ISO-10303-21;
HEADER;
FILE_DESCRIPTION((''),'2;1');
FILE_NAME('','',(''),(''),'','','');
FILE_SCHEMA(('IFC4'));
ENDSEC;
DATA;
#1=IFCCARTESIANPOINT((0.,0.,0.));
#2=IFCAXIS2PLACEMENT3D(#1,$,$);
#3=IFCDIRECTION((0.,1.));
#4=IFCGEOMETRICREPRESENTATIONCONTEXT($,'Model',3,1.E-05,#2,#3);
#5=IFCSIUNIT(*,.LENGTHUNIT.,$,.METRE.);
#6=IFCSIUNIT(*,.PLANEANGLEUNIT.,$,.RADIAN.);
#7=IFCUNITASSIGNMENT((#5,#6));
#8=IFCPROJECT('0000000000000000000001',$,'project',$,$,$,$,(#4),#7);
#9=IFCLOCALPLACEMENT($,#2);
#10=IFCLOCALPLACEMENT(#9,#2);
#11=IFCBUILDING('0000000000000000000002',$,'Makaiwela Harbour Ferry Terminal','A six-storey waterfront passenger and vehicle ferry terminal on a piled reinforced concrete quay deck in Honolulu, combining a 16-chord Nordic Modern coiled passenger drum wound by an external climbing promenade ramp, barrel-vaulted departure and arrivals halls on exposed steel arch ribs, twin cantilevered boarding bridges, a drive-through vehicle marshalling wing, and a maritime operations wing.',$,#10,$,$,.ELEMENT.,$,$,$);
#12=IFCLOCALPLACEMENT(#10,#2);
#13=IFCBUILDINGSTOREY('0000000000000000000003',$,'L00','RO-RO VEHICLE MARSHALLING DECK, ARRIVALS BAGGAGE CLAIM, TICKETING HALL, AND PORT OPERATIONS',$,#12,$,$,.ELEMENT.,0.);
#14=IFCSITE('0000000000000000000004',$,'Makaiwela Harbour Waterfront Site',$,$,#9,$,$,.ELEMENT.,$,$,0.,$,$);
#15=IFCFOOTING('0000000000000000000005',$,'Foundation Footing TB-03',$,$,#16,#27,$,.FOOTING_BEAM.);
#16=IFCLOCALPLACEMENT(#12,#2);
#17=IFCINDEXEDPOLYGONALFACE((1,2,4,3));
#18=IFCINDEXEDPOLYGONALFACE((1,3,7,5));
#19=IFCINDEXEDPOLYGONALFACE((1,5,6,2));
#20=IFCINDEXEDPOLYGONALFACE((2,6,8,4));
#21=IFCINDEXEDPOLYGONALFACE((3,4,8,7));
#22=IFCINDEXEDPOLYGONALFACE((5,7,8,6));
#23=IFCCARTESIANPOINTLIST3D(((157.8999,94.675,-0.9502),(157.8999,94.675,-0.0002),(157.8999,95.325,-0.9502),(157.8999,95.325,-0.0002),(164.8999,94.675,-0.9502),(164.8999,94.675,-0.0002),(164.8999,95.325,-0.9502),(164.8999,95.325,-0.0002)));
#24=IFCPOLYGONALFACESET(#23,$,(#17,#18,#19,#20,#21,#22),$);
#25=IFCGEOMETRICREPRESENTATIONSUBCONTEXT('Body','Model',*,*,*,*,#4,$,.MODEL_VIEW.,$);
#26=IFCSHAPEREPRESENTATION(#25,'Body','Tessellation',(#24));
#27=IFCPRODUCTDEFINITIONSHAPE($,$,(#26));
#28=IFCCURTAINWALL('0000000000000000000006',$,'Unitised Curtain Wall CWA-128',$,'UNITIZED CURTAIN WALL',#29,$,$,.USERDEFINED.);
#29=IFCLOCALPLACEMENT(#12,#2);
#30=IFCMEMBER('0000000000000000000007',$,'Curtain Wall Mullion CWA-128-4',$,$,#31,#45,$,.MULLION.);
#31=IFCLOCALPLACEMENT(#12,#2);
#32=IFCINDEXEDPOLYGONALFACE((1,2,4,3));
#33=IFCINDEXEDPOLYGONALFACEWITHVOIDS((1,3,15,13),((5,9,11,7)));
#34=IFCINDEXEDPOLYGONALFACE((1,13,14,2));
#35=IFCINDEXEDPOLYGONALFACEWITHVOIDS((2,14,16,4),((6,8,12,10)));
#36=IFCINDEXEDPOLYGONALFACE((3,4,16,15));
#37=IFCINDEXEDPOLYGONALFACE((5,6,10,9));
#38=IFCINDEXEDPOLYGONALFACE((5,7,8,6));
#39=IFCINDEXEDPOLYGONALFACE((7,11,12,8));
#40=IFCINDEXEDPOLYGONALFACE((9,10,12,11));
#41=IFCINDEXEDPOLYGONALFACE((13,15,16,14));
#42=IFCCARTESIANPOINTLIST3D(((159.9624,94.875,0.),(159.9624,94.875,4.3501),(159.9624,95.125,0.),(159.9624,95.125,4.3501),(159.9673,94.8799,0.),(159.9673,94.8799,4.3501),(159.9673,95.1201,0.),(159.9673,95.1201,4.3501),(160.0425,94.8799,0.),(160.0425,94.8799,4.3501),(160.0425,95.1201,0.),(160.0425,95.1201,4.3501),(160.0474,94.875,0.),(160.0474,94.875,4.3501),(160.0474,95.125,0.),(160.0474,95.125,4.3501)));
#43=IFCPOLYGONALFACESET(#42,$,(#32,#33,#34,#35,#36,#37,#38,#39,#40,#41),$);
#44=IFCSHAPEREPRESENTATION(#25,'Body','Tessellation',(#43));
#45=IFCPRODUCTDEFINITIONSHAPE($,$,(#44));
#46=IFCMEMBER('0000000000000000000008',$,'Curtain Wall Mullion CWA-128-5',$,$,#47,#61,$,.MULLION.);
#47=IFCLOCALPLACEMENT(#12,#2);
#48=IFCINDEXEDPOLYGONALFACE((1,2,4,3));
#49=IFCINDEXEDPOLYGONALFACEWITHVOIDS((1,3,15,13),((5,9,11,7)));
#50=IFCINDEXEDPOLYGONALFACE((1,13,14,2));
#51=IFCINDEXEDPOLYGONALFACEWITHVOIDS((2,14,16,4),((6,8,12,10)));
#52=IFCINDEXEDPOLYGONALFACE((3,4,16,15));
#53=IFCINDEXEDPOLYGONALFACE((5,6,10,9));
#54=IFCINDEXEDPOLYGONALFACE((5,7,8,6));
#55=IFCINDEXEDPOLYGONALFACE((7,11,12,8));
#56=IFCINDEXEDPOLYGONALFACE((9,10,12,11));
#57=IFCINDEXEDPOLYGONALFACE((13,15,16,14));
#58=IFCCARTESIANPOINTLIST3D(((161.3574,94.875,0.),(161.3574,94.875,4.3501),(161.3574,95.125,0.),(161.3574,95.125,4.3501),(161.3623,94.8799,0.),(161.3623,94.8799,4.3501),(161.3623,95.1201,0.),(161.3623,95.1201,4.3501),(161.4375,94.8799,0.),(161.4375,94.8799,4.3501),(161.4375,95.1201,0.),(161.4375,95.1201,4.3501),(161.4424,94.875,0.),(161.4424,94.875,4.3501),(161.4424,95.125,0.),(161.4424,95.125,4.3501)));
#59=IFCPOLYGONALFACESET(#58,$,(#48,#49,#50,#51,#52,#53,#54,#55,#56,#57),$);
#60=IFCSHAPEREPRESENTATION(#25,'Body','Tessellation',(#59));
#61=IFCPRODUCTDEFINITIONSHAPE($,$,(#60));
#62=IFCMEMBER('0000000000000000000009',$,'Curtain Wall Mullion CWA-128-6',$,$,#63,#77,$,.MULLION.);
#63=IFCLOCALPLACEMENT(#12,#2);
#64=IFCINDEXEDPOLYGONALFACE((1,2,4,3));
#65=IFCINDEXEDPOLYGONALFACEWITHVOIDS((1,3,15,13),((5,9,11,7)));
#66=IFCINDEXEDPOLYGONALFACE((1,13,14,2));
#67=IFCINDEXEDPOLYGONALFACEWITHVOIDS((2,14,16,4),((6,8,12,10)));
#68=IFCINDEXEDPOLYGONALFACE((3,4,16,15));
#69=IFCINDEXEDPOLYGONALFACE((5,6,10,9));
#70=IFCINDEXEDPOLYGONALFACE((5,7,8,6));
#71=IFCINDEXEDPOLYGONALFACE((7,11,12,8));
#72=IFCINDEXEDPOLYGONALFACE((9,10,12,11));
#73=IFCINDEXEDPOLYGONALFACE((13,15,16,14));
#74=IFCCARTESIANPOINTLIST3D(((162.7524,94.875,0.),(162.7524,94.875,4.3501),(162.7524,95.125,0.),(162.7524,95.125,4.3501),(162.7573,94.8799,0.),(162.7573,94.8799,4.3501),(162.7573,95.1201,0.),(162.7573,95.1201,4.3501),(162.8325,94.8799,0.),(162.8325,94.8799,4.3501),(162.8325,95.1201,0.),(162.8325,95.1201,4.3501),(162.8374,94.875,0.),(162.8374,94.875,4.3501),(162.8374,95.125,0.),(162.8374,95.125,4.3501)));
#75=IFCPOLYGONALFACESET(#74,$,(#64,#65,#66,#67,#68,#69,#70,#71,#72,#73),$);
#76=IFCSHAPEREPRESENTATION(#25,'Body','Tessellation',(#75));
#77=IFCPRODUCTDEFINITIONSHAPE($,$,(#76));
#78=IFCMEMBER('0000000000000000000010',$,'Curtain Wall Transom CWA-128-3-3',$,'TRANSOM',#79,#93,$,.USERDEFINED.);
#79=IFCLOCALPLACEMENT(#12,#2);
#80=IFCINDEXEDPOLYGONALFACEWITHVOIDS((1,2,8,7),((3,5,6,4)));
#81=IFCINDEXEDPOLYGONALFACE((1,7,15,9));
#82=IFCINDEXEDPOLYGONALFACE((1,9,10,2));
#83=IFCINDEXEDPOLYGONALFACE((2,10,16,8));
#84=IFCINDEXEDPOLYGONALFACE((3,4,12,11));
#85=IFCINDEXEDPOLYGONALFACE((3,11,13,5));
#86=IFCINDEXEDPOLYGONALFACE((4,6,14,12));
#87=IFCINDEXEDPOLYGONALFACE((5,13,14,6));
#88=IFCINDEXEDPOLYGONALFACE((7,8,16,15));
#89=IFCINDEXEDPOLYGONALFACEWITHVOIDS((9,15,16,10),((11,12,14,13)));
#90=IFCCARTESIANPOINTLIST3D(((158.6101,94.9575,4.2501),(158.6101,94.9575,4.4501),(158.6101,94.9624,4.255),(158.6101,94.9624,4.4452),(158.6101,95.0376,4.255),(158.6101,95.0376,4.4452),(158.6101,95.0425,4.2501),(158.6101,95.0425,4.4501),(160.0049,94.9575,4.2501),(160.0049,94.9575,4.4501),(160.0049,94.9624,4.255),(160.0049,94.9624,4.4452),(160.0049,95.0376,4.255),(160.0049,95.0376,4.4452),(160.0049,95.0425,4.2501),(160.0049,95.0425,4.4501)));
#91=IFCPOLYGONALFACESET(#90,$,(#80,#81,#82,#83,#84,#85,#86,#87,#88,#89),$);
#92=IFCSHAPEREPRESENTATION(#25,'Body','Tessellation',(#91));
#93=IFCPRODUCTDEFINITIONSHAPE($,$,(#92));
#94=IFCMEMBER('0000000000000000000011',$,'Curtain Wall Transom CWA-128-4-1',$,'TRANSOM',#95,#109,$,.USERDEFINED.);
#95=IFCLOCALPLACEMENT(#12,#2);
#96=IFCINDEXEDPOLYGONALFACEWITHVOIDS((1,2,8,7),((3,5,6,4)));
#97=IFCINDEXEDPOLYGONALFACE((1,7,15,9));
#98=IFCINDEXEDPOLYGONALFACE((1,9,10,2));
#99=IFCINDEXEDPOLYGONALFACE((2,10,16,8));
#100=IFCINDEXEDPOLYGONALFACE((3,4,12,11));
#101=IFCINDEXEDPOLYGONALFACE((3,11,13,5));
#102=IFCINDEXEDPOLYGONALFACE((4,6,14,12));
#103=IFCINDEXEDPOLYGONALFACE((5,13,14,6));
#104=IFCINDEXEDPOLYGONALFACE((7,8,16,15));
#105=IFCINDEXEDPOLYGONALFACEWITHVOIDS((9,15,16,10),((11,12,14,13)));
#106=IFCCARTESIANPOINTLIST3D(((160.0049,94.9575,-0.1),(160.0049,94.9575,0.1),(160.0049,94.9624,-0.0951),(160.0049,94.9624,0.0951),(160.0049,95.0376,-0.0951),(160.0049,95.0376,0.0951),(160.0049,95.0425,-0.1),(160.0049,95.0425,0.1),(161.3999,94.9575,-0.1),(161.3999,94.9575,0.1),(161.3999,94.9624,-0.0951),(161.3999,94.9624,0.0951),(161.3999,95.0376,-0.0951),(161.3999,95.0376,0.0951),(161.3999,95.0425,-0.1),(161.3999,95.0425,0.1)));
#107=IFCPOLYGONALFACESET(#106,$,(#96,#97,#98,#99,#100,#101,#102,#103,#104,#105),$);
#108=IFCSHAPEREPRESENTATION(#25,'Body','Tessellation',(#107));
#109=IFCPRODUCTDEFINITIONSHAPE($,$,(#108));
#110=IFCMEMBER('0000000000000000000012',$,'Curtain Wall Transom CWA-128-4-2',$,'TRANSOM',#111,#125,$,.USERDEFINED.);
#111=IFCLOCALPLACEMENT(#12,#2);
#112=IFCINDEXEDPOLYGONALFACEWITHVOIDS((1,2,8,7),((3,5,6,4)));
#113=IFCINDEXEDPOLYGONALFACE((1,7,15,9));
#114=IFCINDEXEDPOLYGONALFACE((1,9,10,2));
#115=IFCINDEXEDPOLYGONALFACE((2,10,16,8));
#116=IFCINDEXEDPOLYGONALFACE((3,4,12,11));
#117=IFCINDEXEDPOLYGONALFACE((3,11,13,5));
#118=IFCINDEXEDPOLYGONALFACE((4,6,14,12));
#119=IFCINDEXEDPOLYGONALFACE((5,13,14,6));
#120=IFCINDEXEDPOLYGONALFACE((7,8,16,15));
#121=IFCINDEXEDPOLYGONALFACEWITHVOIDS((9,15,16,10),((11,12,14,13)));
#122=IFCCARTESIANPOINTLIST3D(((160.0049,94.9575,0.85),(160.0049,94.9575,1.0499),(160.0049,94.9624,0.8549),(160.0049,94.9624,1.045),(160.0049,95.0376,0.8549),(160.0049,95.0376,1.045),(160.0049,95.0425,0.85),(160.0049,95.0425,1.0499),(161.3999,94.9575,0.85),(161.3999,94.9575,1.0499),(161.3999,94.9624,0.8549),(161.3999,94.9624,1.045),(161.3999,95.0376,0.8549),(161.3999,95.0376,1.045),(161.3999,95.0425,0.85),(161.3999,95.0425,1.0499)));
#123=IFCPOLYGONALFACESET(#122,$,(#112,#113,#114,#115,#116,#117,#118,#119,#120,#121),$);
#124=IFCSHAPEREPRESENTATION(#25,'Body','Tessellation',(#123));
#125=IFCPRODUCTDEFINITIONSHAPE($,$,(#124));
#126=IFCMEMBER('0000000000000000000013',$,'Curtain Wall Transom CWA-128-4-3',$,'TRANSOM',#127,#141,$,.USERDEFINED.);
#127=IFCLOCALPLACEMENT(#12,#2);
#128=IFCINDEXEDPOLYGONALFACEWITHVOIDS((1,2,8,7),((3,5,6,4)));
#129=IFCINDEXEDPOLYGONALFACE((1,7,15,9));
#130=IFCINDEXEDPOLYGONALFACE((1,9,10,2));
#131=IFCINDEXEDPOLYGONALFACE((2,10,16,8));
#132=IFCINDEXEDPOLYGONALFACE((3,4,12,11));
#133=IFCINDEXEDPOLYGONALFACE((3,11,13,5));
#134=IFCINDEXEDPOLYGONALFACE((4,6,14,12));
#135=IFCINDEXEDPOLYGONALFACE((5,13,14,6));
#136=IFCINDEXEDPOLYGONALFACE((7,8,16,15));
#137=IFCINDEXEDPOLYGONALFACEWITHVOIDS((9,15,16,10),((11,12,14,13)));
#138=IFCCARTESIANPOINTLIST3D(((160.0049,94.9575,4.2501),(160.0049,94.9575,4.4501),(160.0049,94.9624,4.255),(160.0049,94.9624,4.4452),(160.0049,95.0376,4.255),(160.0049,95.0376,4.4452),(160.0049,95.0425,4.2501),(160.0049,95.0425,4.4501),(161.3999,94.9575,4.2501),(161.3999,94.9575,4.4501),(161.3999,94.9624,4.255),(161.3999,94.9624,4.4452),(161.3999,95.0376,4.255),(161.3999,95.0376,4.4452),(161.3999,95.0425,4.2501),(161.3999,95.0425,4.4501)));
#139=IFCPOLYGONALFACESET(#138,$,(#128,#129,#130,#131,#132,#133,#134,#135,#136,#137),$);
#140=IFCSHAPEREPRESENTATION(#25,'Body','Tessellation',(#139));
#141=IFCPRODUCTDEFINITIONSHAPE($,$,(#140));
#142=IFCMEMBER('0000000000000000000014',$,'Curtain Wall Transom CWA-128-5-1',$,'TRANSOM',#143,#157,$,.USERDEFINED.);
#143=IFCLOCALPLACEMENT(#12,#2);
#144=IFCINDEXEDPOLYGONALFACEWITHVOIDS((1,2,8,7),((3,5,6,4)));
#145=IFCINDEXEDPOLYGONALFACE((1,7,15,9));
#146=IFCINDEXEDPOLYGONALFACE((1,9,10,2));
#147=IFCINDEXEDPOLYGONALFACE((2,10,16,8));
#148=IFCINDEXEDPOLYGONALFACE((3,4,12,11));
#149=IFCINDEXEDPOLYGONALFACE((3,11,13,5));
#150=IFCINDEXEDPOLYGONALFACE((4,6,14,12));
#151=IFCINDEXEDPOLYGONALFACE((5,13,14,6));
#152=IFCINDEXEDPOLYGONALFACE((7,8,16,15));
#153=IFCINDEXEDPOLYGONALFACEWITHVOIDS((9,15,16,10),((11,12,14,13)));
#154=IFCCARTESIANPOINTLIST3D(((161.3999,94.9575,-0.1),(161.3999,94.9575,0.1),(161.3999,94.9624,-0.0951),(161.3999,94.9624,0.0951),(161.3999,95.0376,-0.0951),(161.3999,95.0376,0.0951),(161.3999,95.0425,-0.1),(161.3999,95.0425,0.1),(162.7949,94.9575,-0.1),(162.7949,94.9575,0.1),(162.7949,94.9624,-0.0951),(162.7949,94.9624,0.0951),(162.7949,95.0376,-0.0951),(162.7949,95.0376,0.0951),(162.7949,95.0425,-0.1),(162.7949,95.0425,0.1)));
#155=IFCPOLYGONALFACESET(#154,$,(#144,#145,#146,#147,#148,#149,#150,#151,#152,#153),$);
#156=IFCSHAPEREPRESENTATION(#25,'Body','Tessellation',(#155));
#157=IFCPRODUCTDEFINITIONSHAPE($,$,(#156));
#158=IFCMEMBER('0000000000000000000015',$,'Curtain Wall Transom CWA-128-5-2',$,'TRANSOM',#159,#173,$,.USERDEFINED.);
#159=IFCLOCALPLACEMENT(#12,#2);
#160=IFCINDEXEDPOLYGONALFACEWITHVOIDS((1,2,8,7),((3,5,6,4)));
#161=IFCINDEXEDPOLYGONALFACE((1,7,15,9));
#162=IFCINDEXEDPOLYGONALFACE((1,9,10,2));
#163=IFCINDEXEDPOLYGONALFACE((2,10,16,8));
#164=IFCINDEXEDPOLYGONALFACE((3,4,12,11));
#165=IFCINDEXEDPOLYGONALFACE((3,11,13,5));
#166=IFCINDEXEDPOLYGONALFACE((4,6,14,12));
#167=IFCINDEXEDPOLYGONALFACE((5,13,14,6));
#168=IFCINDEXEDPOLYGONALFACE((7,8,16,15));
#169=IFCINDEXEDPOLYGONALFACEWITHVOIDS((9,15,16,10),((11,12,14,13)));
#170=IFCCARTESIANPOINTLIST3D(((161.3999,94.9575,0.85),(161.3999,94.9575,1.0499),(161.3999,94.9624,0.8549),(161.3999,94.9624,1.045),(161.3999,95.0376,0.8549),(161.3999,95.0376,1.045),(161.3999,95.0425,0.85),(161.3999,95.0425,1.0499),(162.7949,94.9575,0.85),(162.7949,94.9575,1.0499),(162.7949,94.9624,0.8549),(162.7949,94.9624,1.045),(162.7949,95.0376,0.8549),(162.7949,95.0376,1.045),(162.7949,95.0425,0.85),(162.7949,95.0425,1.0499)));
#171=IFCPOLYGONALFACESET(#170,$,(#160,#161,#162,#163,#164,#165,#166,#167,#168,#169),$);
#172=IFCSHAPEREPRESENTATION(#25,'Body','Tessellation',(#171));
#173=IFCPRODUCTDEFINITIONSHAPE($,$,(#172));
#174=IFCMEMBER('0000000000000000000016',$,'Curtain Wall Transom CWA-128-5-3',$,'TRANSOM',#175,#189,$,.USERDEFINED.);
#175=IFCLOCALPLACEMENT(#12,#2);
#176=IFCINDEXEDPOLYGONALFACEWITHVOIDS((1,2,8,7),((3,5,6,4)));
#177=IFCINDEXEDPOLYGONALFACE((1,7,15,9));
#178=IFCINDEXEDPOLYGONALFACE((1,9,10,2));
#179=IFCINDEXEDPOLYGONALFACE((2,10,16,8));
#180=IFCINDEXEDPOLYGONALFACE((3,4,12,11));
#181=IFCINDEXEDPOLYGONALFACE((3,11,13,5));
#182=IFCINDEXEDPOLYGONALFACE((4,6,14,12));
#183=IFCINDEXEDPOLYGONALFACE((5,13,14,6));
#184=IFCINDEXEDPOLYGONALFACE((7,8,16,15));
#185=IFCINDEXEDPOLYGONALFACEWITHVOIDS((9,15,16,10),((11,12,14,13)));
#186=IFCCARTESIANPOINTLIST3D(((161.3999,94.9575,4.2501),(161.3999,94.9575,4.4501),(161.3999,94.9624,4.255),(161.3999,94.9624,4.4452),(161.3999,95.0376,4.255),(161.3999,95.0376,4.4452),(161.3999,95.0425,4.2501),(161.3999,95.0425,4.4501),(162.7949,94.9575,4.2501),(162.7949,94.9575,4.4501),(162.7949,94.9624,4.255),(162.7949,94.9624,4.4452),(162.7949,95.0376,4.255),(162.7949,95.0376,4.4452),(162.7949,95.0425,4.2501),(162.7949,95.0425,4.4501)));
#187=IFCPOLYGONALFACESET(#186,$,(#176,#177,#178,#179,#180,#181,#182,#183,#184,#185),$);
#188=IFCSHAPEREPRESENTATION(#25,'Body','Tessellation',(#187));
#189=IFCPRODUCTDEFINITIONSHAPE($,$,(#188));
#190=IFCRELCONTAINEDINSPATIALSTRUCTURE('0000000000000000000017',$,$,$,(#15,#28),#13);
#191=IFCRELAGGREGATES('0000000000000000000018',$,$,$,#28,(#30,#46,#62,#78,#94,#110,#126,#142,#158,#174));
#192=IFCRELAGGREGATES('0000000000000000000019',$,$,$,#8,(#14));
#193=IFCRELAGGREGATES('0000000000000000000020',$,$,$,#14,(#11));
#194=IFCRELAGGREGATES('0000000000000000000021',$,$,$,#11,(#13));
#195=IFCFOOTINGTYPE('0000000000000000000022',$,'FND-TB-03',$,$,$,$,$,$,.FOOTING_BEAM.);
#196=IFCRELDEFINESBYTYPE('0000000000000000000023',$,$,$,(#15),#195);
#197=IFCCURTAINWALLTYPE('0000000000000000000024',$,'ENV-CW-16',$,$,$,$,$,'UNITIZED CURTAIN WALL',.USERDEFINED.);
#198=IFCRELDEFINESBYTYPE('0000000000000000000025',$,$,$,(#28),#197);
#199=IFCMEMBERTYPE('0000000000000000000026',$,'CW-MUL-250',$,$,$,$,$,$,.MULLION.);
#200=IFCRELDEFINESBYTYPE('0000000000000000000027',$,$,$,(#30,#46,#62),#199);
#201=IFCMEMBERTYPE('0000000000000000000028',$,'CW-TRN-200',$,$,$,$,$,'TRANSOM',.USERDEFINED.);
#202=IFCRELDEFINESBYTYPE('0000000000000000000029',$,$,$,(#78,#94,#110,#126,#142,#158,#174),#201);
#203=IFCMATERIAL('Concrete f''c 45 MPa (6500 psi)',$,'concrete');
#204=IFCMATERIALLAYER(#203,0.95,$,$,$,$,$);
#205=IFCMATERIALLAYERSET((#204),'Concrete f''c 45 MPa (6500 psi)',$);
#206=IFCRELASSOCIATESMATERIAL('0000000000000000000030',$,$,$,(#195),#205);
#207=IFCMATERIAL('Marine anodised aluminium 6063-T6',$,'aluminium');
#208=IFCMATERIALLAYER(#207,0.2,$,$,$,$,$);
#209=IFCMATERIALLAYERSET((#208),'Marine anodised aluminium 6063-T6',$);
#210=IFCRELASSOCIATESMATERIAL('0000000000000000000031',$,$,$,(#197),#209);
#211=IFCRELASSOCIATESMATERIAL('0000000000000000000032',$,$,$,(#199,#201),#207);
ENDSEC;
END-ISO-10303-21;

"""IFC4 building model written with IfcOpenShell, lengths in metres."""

from ifc_helpers import new_model, si_unit, direction, frame, origin, origin_2d, place, context, subcontext, project, spatial, rectangle, hollow_rectangle, extrude, material, layer, layer_set, material_profile, profile_set, type_object, element, aggregate, save


model = new_model("IFC4")

# Units and contexts
model_context = context("Model", 3, precision=1e-05, world=origin(), true_north=direction((0.0, 1.0)))
body_context = subcontext(model_context, "Body", "Model", "MODEL_VIEW")
ifc_project = project(units=[si_unit("LENGTHUNIT", "METRE"), si_unit("PLANEANGLEUNIT", "RADIAN")], contexts=[model_context])

# Site, building, storey
site_placement = place(None, origin())
site = spatial("IfcSite", under=ifc_project, at=site_placement, Name="Makaiwela Harbour Waterfront Site", CompositionType="ELEMENT", RefElevation=0.0)
building_placement = place(site_placement, origin())
building = spatial("IfcBuilding", under=site, at=building_placement, Name="Makaiwela Harbour Ferry Terminal", Description="A six-storey waterfront passenger and vehicle ferry terminal on a piled reinforced concrete quay deck in Honolulu, combining a 16-chord Nordic Modern coiled passenger drum wound by an external climbing promenade ramp, barrel-vaulted departure and arrivals halls on exposed steel arch ribs, twin cantilevered boarding bridges, a drive-through vehicle marshalling wing, and a maritime operations wing.", CompositionType="ELEMENT")
storey_placement = place(building_placement, origin())
storey = spatial("IfcBuildingStorey", under=building, at=storey_placement, Name="L00", Description="RO-RO VEHICLE MARSHALLING DECK, ARRIVALS BAGGAGE CLAIM, TICKETING HALL, AND PORT OPERATIONS", CompositionType="ELEMENT", Elevation=0.0)

# Footing
ifc_material_1 = material(Name="Concrete f'c 45 MPa (6500 psi)", Category="concrete")
ifc_layer_1 = layer(ifc_material_1, 0.95)
ifc_layer_set_1 = layer_set([ifc_layer_1], Name="Concrete f'c 45 MPa (6500 psi)")
footing_type = type_object("IfcFootingType", Name="FND-TB-03", PredefinedType="FOOTING_BEAM", material=ifc_layer_set_1)
footing_placement = place(storey_placement, frame((161.3999, 95.0, -0.9502), z_axis=(0.0, 0.0, 1.0), x_axis=(1.0, 0.0, 0.0)))
element("IfcFooting", 1, at=footing_placement, inside=storey, type_object=footing_type, Name="Foundation Footing TB-03", PredefinedType="FOOTING_BEAM", context=body_context, shape_type="SweptSolid", body=[
    extrude(rectangle(XDim=7.0, YDim=0.6499, at=origin_2d()), origin(), (0.0, 0.0, 1.0), 0.95),
])

# Curtain wall, members
ifc_material_2 = material(Name="Marine anodised aluminium 6063-T6", Category="aluminium")
ifc_layer_2 = layer(ifc_material_2, 0.2)
ifc_layer_set_2 = layer_set([ifc_layer_2], Name="Marine anodised aluminium 6063-T6")
curtain_wall_type = type_object("IfcCurtainWallType", Name="ENV-CW-16", ElementType="UNITIZED CURTAIN WALL", PredefinedType="USERDEFINED", material=ifc_layer_set_2)
curtain_wall_placement = place(storey_placement, origin())
curtain_wall = element("IfcCurtainWall", 2, at=curtain_wall_placement, inside=storey, type_object=curtain_wall_type, Name="Unitised Curtain Wall CWA-128", ObjectType="UNITIZED CURTAIN WALL", PredefinedType="USERDEFINED")
ifc_material_profile_1 = material_profile(ifc_material_2, hollow_rectangle(XDim=0.085, YDim=0.25, WallThickness=0.0049, at=origin_2d()), Name="CWM-250X85")
ifc_profile_set_1 = profile_set([ifc_material_profile_1], Name="Marine anodised aluminium 6063-T6")
member_type_1 = type_object("IfcMemberType", Name="CW-MUL-250", PredefinedType="MULLION", material=ifc_profile_set_1)
member_1_placement = place(storey_placement, frame((160.0049, 95.0, 0.0), z_axis=(0.0, 0.0, 1.0), x_axis=(1.0, 0.0, 0.0)))
member_1 = element("IfcMember", 3, at=member_1_placement, type_object=member_type_1, Name="Curtain Wall Mullion CWA-128-4", PredefinedType="MULLION", context=body_context, shape_type="SweptSolid", body=[
    extrude(hollow_rectangle(XDim=0.085, YDim=0.25, WallThickness=0.0049, at=origin_2d()), origin(), (0.0, 0.0, 1.0), 4.3501),
])
member_2_placement = place(storey_placement, frame((161.3999, 95.0, 0.0), z_axis=(0.0, 0.0, 1.0), x_axis=(1.0, 0.0, 0.0)))
member_2 = element("IfcMember", 4, at=member_2_placement, type_object=member_type_1, Name="Curtain Wall Mullion CWA-128-5", PredefinedType="MULLION", context=body_context, shape_type="SweptSolid", body=[
    extrude(hollow_rectangle(XDim=0.085, YDim=0.25, WallThickness=0.0049, at=origin_2d()), origin(), (0.0, 0.0, 1.0), 4.3501),
])
member_3_placement = place(storey_placement, frame((162.7949, 95.0, 0.0), z_axis=(0.0, 0.0, 1.0), x_axis=(1.0, 0.0, 0.0)))
member_3 = element("IfcMember", 5, at=member_3_placement, type_object=member_type_1, Name="Curtain Wall Mullion CWA-128-6", PredefinedType="MULLION", context=body_context, shape_type="SweptSolid", body=[
    extrude(hollow_rectangle(XDim=0.085, YDim=0.25, WallThickness=0.0049, at=origin_2d()), origin(), (0.0, 0.0, 1.0), 4.3501),
])
ifc_material_profile_2 = material_profile(ifc_material_2, hollow_rectangle(XDim=0.085, YDim=0.2, WallThickness=0.0049, at=origin_2d()), Name="CWT-200X85")
ifc_profile_set_2 = profile_set([ifc_material_profile_2], Name="Marine anodised aluminium 6063-T6")
member_type_2 = type_object("IfcMemberType", Name="CW-TRN-200", ElementType="TRANSOM", PredefinedType="USERDEFINED", material=ifc_profile_set_2)
member_4_placement = place(storey_placement, frame((158.6101, 95.0, 4.3501), z_axis=(1.0, 0.0, 0.0), x_axis=(0.0, 1.0, 0.0)))
member_4 = element("IfcMember", 6, at=member_4_placement, type_object=member_type_2, Name="Curtain Wall Transom CWA-128-3-3", ObjectType="TRANSOM", PredefinedType="USERDEFINED", context=body_context, shape_type="SweptSolid", body=[
    extrude(hollow_rectangle(XDim=0.085, YDim=0.2, WallThickness=0.0049, at=origin_2d()), origin(), (0.0, 0.0, 1.0), 1.3948),
])
member_5_placement = place(storey_placement, frame((160.0049, 95.0, 0.0), z_axis=(1.0, 0.0, 0.0), x_axis=(0.0, 1.0, 0.0)))
member_5 = element("IfcMember", 7, at=member_5_placement, type_object=member_type_2, Name="Curtain Wall Transom CWA-128-4-1", ObjectType="TRANSOM", PredefinedType="USERDEFINED", context=body_context, shape_type="SweptSolid", body=[
    extrude(hollow_rectangle(XDim=0.085, YDim=0.2, WallThickness=0.0049, at=origin_2d()), origin(), (0.0, 0.0, 1.0), 1.395),
])
member_6_placement = place(storey_placement, frame((160.0049, 95.0, 0.95), z_axis=(1.0, 0.0, 0.0), x_axis=(0.0, 1.0, 0.0)))
member_6 = element("IfcMember", 8, at=member_6_placement, type_object=member_type_2, Name="Curtain Wall Transom CWA-128-4-2", ObjectType="TRANSOM", PredefinedType="USERDEFINED", context=body_context, shape_type="SweptSolid", body=[
    extrude(hollow_rectangle(XDim=0.085, YDim=0.2, WallThickness=0.0049, at=origin_2d()), origin(), (0.0, 0.0, 1.0), 1.395),
])
member_7_placement = place(storey_placement, frame((160.0049, 95.0, 4.3501), z_axis=(1.0, 0.0, 0.0), x_axis=(0.0, 1.0, 0.0)))
member_7 = element("IfcMember", 9, at=member_7_placement, type_object=member_type_2, Name="Curtain Wall Transom CWA-128-4-3", ObjectType="TRANSOM", PredefinedType="USERDEFINED", context=body_context, shape_type="SweptSolid", body=[
    extrude(hollow_rectangle(XDim=0.085, YDim=0.2, WallThickness=0.0049, at=origin_2d()), origin(), (0.0, 0.0, 1.0), 1.395),
])
member_8_placement = place(storey_placement, frame((161.3999, 95.0, 0.0), z_axis=(1.0, 0.0, 0.0), x_axis=(0.0, 1.0, 0.0)))
member_8 = element("IfcMember", 10, at=member_8_placement, type_object=member_type_2, Name="Curtain Wall Transom CWA-128-5-1", ObjectType="TRANSOM", PredefinedType="USERDEFINED", context=body_context, shape_type="SweptSolid", body=[
    extrude(hollow_rectangle(XDim=0.085, YDim=0.2, WallThickness=0.0049, at=origin_2d()), origin(), (0.0, 0.0, 1.0), 1.395),
])
member_9_placement = place(storey_placement, frame((161.3999, 95.0, 0.95), z_axis=(1.0, 0.0, 0.0), x_axis=(0.0, 1.0, 0.0)))
member_9 = element("IfcMember", 11, at=member_9_placement, type_object=member_type_2, Name="Curtain Wall Transom CWA-128-5-2", ObjectType="TRANSOM", PredefinedType="USERDEFINED", context=body_context, shape_type="SweptSolid", body=[
    extrude(hollow_rectangle(XDim=0.085, YDim=0.2, WallThickness=0.0049, at=origin_2d()), origin(), (0.0, 0.0, 1.0), 1.395),
])
member_10_placement = place(storey_placement, frame((161.3999, 95.0, 4.3501), z_axis=(1.0, 0.0, 0.0), x_axis=(0.0, 1.0, 0.0)))
member_10 = element("IfcMember", 12, at=member_10_placement, type_object=member_type_2, Name="Curtain Wall Transom CWA-128-5-3", ObjectType="TRANSOM", PredefinedType="USERDEFINED", context=body_context, shape_type="SweptSolid", body=[
    extrude(hollow_rectangle(XDim=0.085, YDim=0.2, WallThickness=0.0049, at=origin_2d()), origin(), (0.0, 0.0, 1.0), 1.395),
])
aggregate(curtain_wall, [member_1, member_2, member_3, member_4, member_5, member_6, member_7, member_8, member_9, member_10])

save(model, "model.ifc")
